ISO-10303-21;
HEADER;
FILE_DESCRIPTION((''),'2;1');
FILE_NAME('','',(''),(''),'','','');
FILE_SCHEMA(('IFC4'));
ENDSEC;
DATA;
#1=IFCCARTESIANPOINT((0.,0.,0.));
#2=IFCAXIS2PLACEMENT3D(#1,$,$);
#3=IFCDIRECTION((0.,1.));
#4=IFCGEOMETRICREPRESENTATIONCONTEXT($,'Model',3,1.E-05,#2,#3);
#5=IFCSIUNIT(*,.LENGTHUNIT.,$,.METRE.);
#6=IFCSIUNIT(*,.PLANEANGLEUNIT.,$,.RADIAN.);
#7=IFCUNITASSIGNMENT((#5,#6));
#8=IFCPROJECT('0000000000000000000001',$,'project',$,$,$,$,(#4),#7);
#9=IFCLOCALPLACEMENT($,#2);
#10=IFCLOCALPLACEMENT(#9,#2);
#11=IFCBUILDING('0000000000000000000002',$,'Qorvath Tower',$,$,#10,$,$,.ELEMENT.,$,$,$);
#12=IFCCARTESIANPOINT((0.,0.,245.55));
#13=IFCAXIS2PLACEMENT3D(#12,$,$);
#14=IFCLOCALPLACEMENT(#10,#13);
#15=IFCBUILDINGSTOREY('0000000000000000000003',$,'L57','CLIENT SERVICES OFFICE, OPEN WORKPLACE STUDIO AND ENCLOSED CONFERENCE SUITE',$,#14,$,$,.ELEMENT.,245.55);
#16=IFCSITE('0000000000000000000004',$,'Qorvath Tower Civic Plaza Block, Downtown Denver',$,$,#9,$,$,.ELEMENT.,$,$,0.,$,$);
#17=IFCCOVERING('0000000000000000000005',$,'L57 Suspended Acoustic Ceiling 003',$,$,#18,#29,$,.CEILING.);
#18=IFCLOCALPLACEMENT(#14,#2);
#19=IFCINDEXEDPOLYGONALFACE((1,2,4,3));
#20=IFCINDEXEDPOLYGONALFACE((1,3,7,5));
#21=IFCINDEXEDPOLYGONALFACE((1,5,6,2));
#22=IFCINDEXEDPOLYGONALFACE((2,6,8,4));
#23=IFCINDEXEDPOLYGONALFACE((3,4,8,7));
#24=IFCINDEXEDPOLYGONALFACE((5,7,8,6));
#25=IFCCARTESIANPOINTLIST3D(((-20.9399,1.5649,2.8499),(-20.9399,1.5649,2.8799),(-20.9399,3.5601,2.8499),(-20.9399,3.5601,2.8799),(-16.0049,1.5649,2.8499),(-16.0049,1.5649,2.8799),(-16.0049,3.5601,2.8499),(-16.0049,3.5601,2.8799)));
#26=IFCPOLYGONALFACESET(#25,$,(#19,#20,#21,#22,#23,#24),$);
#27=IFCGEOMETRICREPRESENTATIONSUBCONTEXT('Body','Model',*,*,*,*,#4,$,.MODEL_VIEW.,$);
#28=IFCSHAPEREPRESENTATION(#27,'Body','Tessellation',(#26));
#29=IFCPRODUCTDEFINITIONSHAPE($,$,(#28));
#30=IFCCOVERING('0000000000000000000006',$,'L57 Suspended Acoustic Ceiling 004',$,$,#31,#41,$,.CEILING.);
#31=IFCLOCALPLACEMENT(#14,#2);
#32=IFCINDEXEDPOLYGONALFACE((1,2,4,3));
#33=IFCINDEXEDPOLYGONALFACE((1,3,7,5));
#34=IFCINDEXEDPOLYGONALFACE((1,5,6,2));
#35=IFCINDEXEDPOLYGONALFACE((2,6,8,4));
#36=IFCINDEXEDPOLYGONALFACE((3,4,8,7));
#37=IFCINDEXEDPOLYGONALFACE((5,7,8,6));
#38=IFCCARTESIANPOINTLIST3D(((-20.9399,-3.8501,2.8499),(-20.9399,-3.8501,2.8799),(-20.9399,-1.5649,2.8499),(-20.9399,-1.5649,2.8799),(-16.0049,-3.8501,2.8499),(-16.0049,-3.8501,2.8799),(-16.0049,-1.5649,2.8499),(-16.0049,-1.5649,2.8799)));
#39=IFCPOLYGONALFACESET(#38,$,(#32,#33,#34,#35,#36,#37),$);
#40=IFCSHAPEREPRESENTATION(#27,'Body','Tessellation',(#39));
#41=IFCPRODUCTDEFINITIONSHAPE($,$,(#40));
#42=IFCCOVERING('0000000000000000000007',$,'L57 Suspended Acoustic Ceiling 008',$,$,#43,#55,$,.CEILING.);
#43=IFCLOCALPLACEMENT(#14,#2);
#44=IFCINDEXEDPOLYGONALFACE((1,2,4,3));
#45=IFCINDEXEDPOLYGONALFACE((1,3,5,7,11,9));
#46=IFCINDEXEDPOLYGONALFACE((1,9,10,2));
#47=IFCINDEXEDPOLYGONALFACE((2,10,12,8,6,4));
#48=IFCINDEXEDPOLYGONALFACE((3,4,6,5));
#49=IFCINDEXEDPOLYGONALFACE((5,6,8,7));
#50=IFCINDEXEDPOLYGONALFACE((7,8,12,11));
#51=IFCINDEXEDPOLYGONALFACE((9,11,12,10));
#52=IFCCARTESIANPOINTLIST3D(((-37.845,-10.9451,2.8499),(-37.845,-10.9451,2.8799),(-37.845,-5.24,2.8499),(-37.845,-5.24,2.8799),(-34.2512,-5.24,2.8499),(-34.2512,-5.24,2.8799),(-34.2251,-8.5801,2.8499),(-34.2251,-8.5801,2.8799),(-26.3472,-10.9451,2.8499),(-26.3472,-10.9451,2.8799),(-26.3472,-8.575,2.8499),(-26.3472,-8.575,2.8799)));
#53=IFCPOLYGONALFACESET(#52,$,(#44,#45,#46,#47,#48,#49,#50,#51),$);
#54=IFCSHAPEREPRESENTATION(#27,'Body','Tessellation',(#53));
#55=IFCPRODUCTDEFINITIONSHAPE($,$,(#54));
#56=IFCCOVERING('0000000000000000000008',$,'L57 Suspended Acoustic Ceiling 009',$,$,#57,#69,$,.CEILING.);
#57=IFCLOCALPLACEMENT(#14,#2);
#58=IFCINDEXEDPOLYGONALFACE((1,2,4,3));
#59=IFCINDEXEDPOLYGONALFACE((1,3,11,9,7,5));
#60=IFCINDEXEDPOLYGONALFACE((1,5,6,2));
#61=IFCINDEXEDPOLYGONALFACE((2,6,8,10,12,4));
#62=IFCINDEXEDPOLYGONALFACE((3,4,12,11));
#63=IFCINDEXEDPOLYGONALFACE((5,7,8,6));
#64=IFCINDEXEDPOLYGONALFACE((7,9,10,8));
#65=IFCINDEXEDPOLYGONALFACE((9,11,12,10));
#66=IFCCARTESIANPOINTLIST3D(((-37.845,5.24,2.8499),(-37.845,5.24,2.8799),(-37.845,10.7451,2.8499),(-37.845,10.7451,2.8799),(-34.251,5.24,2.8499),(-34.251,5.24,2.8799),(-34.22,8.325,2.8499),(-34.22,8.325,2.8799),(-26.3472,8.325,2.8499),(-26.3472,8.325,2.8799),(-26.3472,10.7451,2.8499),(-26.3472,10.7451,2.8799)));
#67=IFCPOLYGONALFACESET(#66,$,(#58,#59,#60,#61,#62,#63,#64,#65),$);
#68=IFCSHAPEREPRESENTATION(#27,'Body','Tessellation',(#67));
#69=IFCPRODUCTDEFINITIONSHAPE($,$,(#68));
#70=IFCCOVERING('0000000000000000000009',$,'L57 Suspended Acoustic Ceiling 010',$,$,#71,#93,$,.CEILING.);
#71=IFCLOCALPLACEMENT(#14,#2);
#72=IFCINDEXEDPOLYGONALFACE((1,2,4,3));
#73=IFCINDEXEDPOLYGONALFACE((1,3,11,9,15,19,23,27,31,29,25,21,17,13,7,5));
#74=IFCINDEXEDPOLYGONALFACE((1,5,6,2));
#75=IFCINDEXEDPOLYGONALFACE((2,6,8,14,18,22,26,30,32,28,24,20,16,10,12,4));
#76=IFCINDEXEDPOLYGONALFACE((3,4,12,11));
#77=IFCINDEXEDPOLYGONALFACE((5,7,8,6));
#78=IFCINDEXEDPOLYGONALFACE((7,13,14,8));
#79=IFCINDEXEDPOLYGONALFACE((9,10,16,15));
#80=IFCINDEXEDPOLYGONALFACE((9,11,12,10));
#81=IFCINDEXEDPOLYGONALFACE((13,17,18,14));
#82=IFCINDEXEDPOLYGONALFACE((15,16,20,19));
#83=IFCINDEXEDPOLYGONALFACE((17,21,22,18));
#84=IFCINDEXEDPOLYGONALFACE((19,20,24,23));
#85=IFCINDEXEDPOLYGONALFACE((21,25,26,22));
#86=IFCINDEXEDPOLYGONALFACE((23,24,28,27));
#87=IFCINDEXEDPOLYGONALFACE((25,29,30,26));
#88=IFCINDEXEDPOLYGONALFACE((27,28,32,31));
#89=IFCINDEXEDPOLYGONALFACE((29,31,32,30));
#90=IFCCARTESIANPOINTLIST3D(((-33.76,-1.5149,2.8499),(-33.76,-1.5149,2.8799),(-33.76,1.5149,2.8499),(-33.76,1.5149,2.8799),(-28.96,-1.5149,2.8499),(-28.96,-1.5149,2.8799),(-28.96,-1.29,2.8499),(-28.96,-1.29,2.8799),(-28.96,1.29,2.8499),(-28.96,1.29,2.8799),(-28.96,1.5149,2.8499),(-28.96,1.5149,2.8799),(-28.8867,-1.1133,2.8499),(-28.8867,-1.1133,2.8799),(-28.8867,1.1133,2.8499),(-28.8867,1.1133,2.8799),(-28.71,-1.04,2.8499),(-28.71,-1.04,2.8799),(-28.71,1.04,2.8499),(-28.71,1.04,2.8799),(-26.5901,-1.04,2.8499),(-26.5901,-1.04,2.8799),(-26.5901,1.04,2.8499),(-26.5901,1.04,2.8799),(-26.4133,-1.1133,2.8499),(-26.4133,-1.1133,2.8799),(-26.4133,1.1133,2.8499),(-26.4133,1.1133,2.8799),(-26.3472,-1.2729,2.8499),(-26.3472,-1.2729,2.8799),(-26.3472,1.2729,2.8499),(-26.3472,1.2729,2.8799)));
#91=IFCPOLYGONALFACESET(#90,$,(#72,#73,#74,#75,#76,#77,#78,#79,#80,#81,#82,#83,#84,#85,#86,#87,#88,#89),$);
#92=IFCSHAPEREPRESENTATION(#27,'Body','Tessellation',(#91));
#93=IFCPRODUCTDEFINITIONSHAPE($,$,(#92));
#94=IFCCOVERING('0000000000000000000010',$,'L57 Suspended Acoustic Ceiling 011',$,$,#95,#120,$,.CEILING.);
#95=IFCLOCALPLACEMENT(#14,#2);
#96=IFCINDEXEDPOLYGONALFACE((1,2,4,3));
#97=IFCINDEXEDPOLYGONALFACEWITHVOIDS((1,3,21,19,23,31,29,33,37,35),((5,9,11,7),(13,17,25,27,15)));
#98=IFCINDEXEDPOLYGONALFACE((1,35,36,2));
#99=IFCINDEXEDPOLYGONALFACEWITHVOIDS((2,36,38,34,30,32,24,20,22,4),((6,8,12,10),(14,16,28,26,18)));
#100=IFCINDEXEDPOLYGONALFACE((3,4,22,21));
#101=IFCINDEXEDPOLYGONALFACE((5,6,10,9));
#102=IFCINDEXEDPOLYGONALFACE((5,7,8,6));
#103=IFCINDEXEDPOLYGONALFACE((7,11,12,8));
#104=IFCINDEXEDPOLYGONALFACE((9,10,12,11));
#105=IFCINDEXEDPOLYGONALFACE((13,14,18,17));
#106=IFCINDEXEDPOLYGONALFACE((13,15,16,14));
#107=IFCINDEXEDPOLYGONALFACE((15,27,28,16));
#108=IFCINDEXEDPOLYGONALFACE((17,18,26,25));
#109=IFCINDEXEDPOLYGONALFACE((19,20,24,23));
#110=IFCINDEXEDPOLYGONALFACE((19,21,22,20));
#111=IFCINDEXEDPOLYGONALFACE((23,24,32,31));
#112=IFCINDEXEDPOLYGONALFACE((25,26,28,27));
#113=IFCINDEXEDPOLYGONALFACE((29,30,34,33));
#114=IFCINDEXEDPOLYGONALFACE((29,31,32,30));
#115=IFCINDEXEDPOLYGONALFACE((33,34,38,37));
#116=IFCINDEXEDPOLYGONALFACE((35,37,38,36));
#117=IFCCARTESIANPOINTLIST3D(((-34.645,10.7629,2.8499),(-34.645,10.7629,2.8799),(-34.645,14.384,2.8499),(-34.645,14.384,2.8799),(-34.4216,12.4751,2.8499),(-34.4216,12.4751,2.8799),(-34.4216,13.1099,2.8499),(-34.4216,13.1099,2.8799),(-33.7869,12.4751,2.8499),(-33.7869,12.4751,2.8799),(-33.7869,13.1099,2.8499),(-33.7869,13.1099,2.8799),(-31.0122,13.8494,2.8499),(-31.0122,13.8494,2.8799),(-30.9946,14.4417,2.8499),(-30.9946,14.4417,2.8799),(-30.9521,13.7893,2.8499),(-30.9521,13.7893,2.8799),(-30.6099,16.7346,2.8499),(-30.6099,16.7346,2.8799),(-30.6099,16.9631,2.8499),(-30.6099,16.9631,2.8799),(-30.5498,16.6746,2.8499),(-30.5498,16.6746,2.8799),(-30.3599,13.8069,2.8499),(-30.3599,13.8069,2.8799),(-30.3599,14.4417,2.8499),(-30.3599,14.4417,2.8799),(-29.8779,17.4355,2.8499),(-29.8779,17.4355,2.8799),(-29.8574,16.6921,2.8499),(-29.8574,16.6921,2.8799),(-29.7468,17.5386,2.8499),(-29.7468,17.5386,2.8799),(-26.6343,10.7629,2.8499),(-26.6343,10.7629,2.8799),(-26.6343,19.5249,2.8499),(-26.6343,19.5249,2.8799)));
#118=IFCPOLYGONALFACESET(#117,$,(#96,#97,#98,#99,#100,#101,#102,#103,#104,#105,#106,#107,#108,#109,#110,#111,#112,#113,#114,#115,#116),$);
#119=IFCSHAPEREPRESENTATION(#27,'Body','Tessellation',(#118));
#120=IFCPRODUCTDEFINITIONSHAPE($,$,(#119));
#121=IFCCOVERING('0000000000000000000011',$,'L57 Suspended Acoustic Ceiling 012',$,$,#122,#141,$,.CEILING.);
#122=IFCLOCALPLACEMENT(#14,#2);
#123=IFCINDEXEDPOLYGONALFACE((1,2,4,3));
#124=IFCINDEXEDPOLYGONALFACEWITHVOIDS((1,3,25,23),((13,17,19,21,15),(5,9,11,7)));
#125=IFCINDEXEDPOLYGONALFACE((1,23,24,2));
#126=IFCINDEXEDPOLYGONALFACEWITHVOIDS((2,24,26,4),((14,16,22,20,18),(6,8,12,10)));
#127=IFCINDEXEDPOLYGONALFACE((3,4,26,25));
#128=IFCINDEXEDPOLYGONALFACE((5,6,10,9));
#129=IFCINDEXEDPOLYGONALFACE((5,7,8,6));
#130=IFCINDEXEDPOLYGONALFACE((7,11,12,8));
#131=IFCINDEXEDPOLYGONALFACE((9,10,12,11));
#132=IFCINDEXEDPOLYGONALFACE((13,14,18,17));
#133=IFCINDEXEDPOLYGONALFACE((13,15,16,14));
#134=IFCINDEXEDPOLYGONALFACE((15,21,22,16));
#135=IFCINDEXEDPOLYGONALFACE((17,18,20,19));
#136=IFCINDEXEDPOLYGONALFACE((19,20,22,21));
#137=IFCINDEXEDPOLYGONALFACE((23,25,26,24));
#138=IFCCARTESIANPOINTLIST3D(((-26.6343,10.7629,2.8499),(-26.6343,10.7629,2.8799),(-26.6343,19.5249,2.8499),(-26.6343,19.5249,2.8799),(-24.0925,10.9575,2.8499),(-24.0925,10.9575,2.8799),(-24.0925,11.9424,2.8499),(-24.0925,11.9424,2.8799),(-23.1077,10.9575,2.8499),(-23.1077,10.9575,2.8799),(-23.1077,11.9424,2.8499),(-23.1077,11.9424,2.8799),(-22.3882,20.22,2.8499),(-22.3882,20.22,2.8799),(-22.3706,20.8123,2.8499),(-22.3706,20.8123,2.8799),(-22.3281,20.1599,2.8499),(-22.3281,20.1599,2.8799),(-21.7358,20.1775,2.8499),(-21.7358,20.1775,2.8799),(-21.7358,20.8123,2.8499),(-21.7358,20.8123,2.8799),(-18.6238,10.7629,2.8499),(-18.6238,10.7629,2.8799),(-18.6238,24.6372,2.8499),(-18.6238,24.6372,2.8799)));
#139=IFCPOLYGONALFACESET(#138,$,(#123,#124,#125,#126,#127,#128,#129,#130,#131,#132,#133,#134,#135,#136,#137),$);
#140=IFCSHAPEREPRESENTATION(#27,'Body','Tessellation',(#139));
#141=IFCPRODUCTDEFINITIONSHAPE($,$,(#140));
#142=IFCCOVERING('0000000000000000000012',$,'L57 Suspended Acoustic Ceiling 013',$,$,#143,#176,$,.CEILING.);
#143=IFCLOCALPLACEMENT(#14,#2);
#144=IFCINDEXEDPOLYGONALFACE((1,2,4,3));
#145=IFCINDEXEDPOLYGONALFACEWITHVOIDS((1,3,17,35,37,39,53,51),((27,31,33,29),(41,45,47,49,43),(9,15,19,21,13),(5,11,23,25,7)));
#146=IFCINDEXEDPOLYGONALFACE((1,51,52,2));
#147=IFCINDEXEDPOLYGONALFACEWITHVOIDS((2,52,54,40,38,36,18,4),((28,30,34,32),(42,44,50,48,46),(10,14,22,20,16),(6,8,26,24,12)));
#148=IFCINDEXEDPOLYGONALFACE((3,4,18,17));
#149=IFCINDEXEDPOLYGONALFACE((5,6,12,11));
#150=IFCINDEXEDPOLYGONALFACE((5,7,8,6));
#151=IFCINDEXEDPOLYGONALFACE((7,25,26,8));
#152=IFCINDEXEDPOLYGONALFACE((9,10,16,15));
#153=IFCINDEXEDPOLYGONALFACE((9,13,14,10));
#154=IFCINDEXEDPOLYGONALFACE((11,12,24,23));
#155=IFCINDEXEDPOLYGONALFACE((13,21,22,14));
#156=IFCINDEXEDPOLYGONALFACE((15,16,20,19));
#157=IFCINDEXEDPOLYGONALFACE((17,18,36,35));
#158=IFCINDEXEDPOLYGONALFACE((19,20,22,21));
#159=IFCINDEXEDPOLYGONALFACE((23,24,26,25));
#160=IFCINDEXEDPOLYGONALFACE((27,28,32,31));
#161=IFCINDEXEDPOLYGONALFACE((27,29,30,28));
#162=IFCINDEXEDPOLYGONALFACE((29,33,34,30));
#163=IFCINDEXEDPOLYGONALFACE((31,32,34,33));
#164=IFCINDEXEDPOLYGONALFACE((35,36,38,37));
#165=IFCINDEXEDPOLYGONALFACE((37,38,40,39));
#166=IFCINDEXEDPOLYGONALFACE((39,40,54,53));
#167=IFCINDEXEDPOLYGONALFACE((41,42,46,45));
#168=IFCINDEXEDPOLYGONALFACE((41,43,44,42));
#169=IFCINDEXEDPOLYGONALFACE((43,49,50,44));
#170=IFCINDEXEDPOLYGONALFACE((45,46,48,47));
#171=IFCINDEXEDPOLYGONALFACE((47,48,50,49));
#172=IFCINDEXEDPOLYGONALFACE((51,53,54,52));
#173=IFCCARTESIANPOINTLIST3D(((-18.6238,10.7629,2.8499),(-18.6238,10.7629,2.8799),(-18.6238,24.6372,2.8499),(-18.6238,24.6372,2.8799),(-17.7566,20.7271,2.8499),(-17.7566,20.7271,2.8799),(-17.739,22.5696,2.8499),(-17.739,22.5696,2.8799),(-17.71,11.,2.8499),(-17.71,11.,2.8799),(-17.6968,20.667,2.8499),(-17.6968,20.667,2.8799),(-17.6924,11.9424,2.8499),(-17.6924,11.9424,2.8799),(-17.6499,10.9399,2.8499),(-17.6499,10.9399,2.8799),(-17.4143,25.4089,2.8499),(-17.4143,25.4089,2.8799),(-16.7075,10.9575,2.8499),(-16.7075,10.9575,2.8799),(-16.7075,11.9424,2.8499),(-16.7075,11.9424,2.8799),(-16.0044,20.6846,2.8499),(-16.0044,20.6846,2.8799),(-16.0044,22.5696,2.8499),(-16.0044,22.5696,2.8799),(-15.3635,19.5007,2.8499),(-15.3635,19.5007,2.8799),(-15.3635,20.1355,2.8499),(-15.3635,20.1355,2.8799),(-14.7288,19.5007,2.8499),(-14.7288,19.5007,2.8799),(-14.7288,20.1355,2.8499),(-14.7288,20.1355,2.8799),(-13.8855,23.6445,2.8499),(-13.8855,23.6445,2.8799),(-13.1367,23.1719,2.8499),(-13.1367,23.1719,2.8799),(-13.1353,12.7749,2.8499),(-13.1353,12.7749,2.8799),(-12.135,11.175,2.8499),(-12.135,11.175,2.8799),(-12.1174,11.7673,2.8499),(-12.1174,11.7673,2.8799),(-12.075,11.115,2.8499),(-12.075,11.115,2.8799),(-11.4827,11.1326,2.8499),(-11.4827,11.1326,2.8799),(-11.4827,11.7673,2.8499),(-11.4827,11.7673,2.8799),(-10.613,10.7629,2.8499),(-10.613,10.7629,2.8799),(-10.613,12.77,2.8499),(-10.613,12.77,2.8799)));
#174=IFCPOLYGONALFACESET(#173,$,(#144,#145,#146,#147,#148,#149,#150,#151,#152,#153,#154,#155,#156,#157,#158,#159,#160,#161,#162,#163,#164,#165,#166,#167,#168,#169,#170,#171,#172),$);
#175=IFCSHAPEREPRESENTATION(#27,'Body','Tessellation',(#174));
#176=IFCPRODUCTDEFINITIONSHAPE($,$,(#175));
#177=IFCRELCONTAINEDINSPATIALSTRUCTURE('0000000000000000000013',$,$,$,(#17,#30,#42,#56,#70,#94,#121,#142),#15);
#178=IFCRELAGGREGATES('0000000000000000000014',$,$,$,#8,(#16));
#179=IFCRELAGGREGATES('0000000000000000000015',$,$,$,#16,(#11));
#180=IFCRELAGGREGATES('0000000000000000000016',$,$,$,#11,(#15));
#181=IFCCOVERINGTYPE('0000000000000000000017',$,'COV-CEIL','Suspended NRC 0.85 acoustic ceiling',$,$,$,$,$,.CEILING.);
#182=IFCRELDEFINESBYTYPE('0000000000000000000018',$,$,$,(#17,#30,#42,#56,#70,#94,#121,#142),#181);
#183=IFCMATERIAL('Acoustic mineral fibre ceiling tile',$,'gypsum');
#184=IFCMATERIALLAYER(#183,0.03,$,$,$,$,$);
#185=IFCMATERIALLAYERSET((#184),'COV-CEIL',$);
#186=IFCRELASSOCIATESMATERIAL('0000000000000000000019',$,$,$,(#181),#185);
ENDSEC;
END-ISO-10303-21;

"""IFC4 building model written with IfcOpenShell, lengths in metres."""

from ifc_helpers import new_model, si_unit, direction, frame, origin, place, context, subcontext, project, spatial, polyline, outline, extrude, material, layer, layer_set, type_object, element, save


model = new_model("IFC4")

# Units and contexts
model_context = context("Model", 3, precision=1e-05, world=origin(), true_north=direction((0.0, 1.0)))
body_context = subcontext(model_context, "Body", "Model", "MODEL_VIEW")
ifc_project = project(units=[si_unit("LENGTHUNIT", "METRE"), si_unit("PLANEANGLEUNIT", "RADIAN")], contexts=[model_context])

# Site, building, storey
site_placement = place(None, origin())
site = spatial("IfcSite", under=ifc_project, at=site_placement, Name="Qorvath Tower Civic Plaza Block, Downtown Denver", CompositionType="ELEMENT", RefElevation=0.0)
building_placement = place(site_placement, origin())
building = spatial("IfcBuilding", under=site, at=building_placement, Name="Qorvath Tower", CompositionType="ELEMENT")
storey_placement = place(building_placement, frame((0.0, 0.0, 245.55)))
storey = spatial("IfcBuildingStorey", under=building, at=storey_placement, Name="L57", Description="CLIENT SERVICES OFFICE, OPEN WORKPLACE STUDIO AND ENCLOSED CONFERENCE SUITE", CompositionType="ELEMENT", Elevation=245.55)

# Coverings
ifc_material_1 = material(Name="Acoustic mineral fibre ceiling tile", Category="gypsum")
ifc_layer_1 = layer(ifc_material_1, 0.03)
ifc_layer_set_1 = layer_set([ifc_layer_1], Name="COV-CEIL")
covering_type_1 = type_object("IfcCoveringType", Name="COV-CEIL", Description="Suspended NRC 0.85 acoustic ceiling", PredefinedType="CEILING", material=ifc_layer_set_1)
covering_1_placement = place(storey_placement, frame((0.0, 0.0, 2.8499)))
element("IfcCovering", 1, at=covering_1_placement, inside=storey, type_object=covering_type_1, Name="L57 Suspended Acoustic Ceiling 003", PredefinedType="CEILING", context=body_context, shape_type="SweptSolid", body=[
    extrude(outline(polyline([(-16.0049, 3.5601), (-20.9399, 3.5601), (-20.9399, 1.5649), (-16.0049, 1.5649), (-16.0049, 3.5601)])), origin(), (0.0, 0.0, 1.0), 0.03),
])
covering_2_placement = place(storey_placement, frame((0.0, 0.0, 2.8499)))
element("IfcCovering", 2, at=covering_2_placement, inside=storey, type_object=covering_type_1, Name="L57 Suspended Acoustic Ceiling 004", PredefinedType="CEILING", context=body_context, shape_type="SweptSolid", body=[
    extrude(outline(polyline([(-20.9399, -1.5649), (-20.9399, -3.8501), (-16.0049, -3.8501), (-16.0049, -1.5649), (-20.9399, -1.5649)])), origin(), (0.0, 0.0, 1.0), 0.03),
])
covering_3_placement = place(storey_placement, frame((0.0, 0.0, 2.8499)))
element("IfcCovering", 3, at=covering_3_placement, inside=storey, type_object=covering_type_1, Name="L57 Suspended Acoustic Ceiling 008", PredefinedType="CEILING", context=body_context, shape_type="SweptSolid", body=[
    extrude(outline(polyline([(-34.2251, -8.5801), (-34.2512, -5.24), (-37.845, -5.24), (-37.845, -10.9451), (-26.3472, -10.9451), (-26.3472, -8.575), (-34.2251, -8.5801)])), origin(), (0.0, 0.0, 1.0), 0.03),
])
covering_4_placement = place(storey_placement, frame((0.0, 0.0, 2.8499)))
element("IfcCovering", 4, at=covering_4_placement, inside=storey, type_object=covering_type_1, Name="L57 Suspended Acoustic Ceiling 009", PredefinedType="CEILING", context=body_context, shape_type="SweptSolid", body=[
    extrude(outline(polyline([(-26.3472, 8.325), (-26.3472, 10.7451), (-37.845, 10.7451), (-37.845, 5.24), (-34.251, 5.24), (-34.22, 8.325), (-26.3472, 8.325)])), origin(), (0.0, 0.0, 1.0), 0.03),
])
covering_5_placement = place(storey_placement, frame((0.0, 0.0, 2.8499)))
element("IfcCovering", 5, at=covering_5_placement, inside=storey, type_object=covering_type_1, Name="L57 Suspended Acoustic Ceiling 010", PredefinedType="CEILING", context=body_context, shape_type="SweptSolid", body=[
    extrude(outline(polyline([(-26.3472, -1.2729), (-26.3472, 1.2729), (-26.4133, 1.1133), (-26.5901, 1.04), (-28.71, 1.04), (-28.8867, 1.1133), (-28.96, 1.29), (-28.96, 1.5149), (-33.76, 1.5149), (-33.76, -1.5149), (-28.96, -1.5149), (-28.96, -1.29), (-28.8867, -1.1133), (-28.71, -1.04), (-26.5901, -1.04), (-26.4133, -1.1133), (-26.3472, -1.2729)])), origin(), (0.0, 0.0, 1.0), 0.03),
])
covering_6_placement = place(storey_placement, frame((0.0, 0.0, 2.8499)))
element("IfcCovering", 6, at=covering_6_placement, inside=storey, type_object=covering_type_1, Name="L57 Suspended Acoustic Ceiling 011", PredefinedType="CEILING", context=body_context, shape_type="SweptSolid", body=[
    extrude(outline(polyline([(-30.6099, 16.7346), (-30.6099, 16.9631), (-34.645, 14.384), (-34.645, 10.7629), (-26.6343, 10.7629), (-26.6343, 19.5249), (-29.7468, 17.5386), (-29.8779, 17.4355), (-29.8574, 16.6921), (-30.5498, 16.6746), (-30.6099, 16.7346)]), holes=[polyline([(-31.0122, 13.8494), (-30.9946, 14.4417), (-30.3599, 14.4417), (-30.3599, 13.8069), (-30.9521, 13.7893), (-31.0122, 13.8494)]), polyline([(-34.4216, 12.4751), (-34.4216, 13.1099), (-33.7869, 13.1099), (-33.7869, 12.4751), (-34.4216, 12.4751)])]), origin(), (0.0, 0.0, 1.0), 0.03),
])
covering_7_placement = place(storey_placement, frame((0.0, 0.0, 2.8499)))
element("IfcCovering", 7, at=covering_7_placement, inside=storey, type_object=covering_type_1, Name="L57 Suspended Acoustic Ceiling 012", PredefinedType="CEILING", context=body_context, shape_type="SweptSolid", body=[
    extrude(outline(polyline([(-26.6343, 19.5249), (-26.6343, 10.7629), (-18.6238, 10.7629), (-18.6238, 24.6372), (-26.6343, 19.5249)]), holes=[polyline([(-22.3882, 20.22), (-22.3706, 20.8123), (-21.7358, 20.8123), (-21.7358, 20.1775), (-22.3281, 20.1599), (-22.3882, 20.22)]), polyline([(-24.0925, 10.9575), (-24.0925, 11.9424), (-23.1077, 11.9424), (-23.1077, 10.9575), (-24.0925, 10.9575)])]), origin(), (0.0, 0.0, 1.0), 0.03),
])
covering_8_placement = place(storey_placement, frame((0.0, 0.0, 2.8499)))
element("IfcCovering", 8, at=covering_8_placement, inside=storey, type_object=covering_type_1, Name="L57 Suspended Acoustic Ceiling 013", PredefinedType="CEILING", context=body_context, shape_type="SweptSolid", body=[
    extrude(outline(polyline([(-18.6238, 24.6372), (-18.6238, 10.7629), (-10.613, 10.7629), (-10.613, 12.77), (-13.1353, 12.7749), (-13.1367, 23.1719), (-13.8855, 23.6445), (-17.4143, 25.4089), (-18.6238, 24.6372)]), holes=[polyline([(-12.135, 11.175), (-12.1174, 11.7673), (-11.4827, 11.7673), (-11.4827, 11.1326), (-12.075, 11.115), (-12.135, 11.175)]), polyline([(-15.3635, 19.5007), (-15.3635, 20.1355), (-14.7288, 20.1355), (-14.7288, 19.5007), (-15.3635, 19.5007)]), polyline([(-17.7566, 20.7271), (-17.739, 22.5696), (-16.0044, 22.5696), (-16.0044, 20.6846), (-17.6968, 20.667), (-17.7566, 20.7271)]), polyline([(-17.71, 11.0), (-17.6924, 11.9424), (-16.7075, 11.9424), (-16.7075, 10.9575), (-17.6499, 10.9399), (-17.71, 11.0)])]), origin(), (0.0, 0.0, 1.0), 0.03),
])

save(model, "model.ifc")
